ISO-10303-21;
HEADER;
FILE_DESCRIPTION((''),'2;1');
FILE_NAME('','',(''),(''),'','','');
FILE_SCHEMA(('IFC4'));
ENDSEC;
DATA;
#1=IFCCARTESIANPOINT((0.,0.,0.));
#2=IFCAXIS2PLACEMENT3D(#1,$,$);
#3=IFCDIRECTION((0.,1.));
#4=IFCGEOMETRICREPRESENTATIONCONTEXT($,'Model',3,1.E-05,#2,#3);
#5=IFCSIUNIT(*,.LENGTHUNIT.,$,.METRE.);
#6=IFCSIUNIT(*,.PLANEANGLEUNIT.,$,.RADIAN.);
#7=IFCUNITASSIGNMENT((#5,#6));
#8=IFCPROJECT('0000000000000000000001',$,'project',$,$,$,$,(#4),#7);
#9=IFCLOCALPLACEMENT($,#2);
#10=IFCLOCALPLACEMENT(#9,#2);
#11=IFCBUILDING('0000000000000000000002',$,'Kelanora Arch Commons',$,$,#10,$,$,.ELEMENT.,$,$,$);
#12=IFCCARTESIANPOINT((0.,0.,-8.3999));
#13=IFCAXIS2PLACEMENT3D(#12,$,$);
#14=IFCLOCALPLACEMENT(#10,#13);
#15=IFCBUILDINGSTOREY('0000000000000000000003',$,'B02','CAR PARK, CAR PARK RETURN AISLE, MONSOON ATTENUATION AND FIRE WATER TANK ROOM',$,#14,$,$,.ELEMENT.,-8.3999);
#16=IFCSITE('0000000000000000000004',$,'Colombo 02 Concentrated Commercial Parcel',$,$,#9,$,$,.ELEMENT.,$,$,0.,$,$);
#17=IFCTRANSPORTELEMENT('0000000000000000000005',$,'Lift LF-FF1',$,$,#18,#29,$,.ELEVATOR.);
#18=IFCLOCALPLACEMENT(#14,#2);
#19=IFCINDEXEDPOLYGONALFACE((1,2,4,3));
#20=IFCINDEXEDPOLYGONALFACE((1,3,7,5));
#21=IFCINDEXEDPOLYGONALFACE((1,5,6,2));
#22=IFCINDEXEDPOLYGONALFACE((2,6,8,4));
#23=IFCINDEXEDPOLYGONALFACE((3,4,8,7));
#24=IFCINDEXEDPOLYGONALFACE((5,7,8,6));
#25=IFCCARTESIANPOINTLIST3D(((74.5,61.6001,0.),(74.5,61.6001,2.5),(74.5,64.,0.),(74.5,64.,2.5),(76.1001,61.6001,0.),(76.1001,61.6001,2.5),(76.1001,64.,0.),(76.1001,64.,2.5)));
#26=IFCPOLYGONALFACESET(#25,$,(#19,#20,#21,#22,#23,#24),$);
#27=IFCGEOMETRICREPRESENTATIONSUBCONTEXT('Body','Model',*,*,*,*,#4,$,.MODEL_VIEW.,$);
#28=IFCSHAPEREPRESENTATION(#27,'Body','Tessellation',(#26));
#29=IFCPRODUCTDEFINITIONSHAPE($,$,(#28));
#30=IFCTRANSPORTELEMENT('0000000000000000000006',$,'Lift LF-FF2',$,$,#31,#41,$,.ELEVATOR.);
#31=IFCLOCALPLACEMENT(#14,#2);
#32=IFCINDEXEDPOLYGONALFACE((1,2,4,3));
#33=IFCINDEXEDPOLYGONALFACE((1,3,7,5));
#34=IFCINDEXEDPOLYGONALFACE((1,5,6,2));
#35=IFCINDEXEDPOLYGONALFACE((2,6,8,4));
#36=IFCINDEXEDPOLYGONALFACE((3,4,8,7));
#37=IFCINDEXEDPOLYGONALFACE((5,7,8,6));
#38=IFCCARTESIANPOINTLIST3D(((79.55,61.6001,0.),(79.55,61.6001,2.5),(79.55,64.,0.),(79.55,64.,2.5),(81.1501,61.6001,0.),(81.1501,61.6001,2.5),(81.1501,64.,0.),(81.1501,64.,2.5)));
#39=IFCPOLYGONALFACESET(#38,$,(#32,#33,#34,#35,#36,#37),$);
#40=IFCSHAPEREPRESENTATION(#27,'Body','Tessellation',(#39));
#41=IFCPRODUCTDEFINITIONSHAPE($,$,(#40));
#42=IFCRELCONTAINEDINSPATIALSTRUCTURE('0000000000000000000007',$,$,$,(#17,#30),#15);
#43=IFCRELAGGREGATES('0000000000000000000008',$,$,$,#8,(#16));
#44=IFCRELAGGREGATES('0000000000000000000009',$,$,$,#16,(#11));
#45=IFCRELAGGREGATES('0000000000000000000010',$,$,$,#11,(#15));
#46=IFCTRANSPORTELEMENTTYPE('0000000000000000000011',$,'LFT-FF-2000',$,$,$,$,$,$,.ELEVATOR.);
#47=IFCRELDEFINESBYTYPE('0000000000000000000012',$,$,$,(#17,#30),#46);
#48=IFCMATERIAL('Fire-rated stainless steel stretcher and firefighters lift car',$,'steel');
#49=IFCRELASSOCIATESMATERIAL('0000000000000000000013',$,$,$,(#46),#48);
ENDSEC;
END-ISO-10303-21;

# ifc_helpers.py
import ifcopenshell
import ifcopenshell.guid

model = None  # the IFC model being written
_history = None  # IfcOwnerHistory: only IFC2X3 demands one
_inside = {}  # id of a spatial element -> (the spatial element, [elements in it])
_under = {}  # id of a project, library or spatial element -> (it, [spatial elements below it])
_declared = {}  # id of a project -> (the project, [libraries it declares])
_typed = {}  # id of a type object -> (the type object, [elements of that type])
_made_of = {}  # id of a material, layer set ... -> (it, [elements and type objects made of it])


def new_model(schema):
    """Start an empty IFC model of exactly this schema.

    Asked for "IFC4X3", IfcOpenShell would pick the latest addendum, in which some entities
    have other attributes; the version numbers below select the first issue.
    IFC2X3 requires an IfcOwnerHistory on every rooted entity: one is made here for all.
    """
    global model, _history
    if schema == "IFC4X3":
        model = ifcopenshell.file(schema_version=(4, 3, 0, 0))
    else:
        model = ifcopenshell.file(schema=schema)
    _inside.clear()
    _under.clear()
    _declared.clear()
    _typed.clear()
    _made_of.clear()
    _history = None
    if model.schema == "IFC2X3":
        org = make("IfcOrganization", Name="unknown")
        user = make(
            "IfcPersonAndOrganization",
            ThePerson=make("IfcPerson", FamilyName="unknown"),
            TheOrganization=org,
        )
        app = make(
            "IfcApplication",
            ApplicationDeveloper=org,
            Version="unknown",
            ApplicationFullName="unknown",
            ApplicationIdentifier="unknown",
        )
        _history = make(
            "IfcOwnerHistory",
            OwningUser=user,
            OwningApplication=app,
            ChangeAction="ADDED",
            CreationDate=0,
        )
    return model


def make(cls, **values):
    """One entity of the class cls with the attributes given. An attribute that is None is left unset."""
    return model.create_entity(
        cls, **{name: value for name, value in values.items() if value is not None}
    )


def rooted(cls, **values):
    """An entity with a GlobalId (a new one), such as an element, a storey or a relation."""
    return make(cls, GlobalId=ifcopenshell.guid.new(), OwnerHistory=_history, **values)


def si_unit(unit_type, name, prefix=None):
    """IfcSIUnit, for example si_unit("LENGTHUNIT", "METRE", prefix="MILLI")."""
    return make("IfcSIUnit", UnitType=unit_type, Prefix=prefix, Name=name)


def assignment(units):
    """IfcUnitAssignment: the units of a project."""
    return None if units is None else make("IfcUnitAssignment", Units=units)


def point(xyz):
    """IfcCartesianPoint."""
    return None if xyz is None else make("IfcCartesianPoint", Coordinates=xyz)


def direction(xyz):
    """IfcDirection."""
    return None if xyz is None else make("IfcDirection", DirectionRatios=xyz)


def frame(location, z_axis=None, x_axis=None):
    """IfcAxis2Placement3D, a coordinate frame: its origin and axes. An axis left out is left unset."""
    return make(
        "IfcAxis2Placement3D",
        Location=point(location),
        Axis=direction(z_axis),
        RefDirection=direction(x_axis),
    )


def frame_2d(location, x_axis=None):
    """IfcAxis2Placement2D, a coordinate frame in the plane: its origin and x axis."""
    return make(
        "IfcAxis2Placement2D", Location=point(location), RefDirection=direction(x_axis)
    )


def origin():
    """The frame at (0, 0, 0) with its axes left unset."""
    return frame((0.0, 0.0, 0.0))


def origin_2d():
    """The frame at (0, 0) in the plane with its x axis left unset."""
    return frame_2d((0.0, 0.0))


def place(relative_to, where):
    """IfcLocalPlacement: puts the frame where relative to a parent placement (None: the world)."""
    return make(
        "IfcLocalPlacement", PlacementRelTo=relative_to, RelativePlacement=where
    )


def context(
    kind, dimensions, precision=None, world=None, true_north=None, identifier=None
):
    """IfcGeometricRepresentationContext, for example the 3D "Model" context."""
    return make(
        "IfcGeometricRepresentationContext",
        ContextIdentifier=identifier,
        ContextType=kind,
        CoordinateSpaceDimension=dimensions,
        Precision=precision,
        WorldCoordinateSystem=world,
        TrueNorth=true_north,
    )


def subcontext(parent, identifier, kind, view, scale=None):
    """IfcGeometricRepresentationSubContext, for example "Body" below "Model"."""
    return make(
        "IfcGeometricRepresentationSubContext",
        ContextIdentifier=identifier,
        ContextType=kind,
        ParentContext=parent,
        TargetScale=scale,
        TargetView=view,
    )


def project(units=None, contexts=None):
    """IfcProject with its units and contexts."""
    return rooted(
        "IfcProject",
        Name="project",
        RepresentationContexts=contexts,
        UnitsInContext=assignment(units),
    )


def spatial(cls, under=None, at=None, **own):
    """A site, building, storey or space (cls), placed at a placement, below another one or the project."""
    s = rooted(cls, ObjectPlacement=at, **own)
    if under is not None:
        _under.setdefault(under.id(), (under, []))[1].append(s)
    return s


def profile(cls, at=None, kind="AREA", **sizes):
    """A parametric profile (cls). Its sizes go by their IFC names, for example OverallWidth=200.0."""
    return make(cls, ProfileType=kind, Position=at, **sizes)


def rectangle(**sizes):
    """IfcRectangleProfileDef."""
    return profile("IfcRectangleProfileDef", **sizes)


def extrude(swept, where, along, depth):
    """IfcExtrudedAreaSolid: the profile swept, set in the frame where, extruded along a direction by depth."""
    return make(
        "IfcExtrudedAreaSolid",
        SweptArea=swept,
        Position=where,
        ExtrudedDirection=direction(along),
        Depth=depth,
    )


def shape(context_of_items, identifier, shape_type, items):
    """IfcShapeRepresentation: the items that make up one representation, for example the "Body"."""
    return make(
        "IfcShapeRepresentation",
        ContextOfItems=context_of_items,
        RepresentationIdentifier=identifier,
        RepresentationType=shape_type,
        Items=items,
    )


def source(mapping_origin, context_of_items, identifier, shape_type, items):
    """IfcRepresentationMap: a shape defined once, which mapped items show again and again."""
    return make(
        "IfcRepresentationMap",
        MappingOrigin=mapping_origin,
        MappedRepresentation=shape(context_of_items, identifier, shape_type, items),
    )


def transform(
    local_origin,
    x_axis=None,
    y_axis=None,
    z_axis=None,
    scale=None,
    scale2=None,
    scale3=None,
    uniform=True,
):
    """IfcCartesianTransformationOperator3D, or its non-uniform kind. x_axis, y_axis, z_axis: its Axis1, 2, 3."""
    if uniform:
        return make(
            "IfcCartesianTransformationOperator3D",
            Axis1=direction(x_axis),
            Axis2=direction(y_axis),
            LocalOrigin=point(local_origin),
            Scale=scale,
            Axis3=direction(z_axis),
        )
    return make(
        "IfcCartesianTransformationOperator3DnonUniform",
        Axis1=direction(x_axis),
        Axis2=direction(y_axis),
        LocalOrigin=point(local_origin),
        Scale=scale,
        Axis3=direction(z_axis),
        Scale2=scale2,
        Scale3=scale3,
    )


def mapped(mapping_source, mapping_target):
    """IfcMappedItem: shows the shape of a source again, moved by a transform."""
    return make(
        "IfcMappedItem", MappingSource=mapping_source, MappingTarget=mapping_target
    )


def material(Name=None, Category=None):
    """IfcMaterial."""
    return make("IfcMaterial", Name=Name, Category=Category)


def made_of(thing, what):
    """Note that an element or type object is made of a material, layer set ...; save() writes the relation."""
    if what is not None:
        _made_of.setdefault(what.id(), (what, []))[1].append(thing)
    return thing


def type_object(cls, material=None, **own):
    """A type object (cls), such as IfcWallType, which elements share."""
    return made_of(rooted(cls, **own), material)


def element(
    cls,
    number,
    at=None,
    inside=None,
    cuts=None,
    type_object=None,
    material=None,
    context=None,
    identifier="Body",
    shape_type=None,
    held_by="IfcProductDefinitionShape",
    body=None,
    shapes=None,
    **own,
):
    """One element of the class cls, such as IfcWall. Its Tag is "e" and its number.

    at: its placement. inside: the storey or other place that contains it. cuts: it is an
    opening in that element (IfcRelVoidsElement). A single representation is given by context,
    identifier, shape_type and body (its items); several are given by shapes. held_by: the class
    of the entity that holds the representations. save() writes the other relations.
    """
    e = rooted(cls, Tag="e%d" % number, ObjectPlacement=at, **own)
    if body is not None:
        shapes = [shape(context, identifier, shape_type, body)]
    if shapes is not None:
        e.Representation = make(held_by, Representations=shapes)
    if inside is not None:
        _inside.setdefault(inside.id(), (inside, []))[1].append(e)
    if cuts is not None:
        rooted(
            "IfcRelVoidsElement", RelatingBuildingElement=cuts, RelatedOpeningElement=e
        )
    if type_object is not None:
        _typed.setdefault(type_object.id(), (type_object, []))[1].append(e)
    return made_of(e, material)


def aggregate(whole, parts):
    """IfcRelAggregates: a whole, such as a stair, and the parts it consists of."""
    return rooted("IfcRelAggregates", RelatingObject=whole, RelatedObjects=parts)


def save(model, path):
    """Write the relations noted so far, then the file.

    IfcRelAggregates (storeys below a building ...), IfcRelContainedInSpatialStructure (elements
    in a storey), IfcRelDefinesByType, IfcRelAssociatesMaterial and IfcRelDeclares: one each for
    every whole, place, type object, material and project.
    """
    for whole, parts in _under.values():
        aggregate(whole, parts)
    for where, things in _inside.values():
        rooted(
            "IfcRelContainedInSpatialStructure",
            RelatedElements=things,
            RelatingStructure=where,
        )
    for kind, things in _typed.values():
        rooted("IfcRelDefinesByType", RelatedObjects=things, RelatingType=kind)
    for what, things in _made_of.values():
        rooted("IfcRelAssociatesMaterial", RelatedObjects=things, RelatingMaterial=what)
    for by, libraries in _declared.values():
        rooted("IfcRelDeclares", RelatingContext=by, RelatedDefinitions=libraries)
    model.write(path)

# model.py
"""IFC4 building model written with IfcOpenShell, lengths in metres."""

from ifc_helpers import new_model, si_unit, direction, frame, origin, origin_2d, place, context, subcontext, project, spatial, rectangle, extrude, source, transform, mapped, material, type_object, element, save


model = new_model("IFC4")

# Units and contexts
model_context = context("Model", 3, precision=1e-05, world=origin(), true_north=direction((0.0, 1.0)))
body_context = subcontext(model_context, "Body", "Model", "MODEL_VIEW")
ifc_project = project(units=[si_unit("LENGTHUNIT", "METRE"), si_unit("PLANEANGLEUNIT", "RADIAN")], contexts=[model_context])

# Site, building, storey
site_placement = place(None, origin())
site = spatial("IfcSite", under=ifc_project, at=site_placement, Name="Colombo 02 Concentrated Commercial Parcel", CompositionType="ELEMENT", RefElevation=0.0)
building_placement = place(site_placement, origin())
building = spatial("IfcBuilding", under=site, at=building_placement, Name="Kelanora Arch Commons", CompositionType="ELEMENT")
storey_placement = place(building_placement, frame((0.0, 0.0, -8.3999)))
storey = spatial("IfcBuildingStorey", under=building, at=storey_placement, Name="B02", Description="CAR PARK, CAR PARK RETURN AISLE, MONSOON ATTENUATION AND FIRE WATER TANK ROOM", CompositionType="ELEMENT", Elevation=-8.3999)

# Transport elements
ifc_material_1 = material(Name="Fire-rated stainless steel stretcher and firefighters lift car", Category="steel")
transport_element_type = type_object("IfcTransportElementType", Name="LFT-FF-2000", PredefinedType="ELEVATOR", material=ifc_material_1)
shared_shape_1 = source(origin(), body_context, "Body", "SweptSolid", [
    extrude(rectangle(XDim=1.6001, YDim=2.3999, at=origin_2d()), origin(), (0.0, 0.0, 1.0), 2.5),
])
for number, where, z_axis, x_axis, name in (
    (1, (75.3, 62.8, 0.0), (0.0, 0.0, 1.0), (1.0, 0.0, 0.0), "Lift LF-FF1"),
    (2, (80.3501, 62.8, 0.0), (0.0, 0.0, 1.0), (1.0, 0.0, 0.0), "Lift LF-FF2"),
):
    element("IfcTransportElement", number, at=place(storey_placement, frame(where, z_axis=z_axis, x_axis=x_axis)), inside=storey, type_object=transport_element_type, Name=name, PredefinedType="ELEVATOR", context=body_context, shape_type="MappedRepresentation", body=[
        mapped(shared_shape_1, transform((0.0, 0.0, 0.0), scale=1.0)),
    ])

save(model, "model.ifc")
